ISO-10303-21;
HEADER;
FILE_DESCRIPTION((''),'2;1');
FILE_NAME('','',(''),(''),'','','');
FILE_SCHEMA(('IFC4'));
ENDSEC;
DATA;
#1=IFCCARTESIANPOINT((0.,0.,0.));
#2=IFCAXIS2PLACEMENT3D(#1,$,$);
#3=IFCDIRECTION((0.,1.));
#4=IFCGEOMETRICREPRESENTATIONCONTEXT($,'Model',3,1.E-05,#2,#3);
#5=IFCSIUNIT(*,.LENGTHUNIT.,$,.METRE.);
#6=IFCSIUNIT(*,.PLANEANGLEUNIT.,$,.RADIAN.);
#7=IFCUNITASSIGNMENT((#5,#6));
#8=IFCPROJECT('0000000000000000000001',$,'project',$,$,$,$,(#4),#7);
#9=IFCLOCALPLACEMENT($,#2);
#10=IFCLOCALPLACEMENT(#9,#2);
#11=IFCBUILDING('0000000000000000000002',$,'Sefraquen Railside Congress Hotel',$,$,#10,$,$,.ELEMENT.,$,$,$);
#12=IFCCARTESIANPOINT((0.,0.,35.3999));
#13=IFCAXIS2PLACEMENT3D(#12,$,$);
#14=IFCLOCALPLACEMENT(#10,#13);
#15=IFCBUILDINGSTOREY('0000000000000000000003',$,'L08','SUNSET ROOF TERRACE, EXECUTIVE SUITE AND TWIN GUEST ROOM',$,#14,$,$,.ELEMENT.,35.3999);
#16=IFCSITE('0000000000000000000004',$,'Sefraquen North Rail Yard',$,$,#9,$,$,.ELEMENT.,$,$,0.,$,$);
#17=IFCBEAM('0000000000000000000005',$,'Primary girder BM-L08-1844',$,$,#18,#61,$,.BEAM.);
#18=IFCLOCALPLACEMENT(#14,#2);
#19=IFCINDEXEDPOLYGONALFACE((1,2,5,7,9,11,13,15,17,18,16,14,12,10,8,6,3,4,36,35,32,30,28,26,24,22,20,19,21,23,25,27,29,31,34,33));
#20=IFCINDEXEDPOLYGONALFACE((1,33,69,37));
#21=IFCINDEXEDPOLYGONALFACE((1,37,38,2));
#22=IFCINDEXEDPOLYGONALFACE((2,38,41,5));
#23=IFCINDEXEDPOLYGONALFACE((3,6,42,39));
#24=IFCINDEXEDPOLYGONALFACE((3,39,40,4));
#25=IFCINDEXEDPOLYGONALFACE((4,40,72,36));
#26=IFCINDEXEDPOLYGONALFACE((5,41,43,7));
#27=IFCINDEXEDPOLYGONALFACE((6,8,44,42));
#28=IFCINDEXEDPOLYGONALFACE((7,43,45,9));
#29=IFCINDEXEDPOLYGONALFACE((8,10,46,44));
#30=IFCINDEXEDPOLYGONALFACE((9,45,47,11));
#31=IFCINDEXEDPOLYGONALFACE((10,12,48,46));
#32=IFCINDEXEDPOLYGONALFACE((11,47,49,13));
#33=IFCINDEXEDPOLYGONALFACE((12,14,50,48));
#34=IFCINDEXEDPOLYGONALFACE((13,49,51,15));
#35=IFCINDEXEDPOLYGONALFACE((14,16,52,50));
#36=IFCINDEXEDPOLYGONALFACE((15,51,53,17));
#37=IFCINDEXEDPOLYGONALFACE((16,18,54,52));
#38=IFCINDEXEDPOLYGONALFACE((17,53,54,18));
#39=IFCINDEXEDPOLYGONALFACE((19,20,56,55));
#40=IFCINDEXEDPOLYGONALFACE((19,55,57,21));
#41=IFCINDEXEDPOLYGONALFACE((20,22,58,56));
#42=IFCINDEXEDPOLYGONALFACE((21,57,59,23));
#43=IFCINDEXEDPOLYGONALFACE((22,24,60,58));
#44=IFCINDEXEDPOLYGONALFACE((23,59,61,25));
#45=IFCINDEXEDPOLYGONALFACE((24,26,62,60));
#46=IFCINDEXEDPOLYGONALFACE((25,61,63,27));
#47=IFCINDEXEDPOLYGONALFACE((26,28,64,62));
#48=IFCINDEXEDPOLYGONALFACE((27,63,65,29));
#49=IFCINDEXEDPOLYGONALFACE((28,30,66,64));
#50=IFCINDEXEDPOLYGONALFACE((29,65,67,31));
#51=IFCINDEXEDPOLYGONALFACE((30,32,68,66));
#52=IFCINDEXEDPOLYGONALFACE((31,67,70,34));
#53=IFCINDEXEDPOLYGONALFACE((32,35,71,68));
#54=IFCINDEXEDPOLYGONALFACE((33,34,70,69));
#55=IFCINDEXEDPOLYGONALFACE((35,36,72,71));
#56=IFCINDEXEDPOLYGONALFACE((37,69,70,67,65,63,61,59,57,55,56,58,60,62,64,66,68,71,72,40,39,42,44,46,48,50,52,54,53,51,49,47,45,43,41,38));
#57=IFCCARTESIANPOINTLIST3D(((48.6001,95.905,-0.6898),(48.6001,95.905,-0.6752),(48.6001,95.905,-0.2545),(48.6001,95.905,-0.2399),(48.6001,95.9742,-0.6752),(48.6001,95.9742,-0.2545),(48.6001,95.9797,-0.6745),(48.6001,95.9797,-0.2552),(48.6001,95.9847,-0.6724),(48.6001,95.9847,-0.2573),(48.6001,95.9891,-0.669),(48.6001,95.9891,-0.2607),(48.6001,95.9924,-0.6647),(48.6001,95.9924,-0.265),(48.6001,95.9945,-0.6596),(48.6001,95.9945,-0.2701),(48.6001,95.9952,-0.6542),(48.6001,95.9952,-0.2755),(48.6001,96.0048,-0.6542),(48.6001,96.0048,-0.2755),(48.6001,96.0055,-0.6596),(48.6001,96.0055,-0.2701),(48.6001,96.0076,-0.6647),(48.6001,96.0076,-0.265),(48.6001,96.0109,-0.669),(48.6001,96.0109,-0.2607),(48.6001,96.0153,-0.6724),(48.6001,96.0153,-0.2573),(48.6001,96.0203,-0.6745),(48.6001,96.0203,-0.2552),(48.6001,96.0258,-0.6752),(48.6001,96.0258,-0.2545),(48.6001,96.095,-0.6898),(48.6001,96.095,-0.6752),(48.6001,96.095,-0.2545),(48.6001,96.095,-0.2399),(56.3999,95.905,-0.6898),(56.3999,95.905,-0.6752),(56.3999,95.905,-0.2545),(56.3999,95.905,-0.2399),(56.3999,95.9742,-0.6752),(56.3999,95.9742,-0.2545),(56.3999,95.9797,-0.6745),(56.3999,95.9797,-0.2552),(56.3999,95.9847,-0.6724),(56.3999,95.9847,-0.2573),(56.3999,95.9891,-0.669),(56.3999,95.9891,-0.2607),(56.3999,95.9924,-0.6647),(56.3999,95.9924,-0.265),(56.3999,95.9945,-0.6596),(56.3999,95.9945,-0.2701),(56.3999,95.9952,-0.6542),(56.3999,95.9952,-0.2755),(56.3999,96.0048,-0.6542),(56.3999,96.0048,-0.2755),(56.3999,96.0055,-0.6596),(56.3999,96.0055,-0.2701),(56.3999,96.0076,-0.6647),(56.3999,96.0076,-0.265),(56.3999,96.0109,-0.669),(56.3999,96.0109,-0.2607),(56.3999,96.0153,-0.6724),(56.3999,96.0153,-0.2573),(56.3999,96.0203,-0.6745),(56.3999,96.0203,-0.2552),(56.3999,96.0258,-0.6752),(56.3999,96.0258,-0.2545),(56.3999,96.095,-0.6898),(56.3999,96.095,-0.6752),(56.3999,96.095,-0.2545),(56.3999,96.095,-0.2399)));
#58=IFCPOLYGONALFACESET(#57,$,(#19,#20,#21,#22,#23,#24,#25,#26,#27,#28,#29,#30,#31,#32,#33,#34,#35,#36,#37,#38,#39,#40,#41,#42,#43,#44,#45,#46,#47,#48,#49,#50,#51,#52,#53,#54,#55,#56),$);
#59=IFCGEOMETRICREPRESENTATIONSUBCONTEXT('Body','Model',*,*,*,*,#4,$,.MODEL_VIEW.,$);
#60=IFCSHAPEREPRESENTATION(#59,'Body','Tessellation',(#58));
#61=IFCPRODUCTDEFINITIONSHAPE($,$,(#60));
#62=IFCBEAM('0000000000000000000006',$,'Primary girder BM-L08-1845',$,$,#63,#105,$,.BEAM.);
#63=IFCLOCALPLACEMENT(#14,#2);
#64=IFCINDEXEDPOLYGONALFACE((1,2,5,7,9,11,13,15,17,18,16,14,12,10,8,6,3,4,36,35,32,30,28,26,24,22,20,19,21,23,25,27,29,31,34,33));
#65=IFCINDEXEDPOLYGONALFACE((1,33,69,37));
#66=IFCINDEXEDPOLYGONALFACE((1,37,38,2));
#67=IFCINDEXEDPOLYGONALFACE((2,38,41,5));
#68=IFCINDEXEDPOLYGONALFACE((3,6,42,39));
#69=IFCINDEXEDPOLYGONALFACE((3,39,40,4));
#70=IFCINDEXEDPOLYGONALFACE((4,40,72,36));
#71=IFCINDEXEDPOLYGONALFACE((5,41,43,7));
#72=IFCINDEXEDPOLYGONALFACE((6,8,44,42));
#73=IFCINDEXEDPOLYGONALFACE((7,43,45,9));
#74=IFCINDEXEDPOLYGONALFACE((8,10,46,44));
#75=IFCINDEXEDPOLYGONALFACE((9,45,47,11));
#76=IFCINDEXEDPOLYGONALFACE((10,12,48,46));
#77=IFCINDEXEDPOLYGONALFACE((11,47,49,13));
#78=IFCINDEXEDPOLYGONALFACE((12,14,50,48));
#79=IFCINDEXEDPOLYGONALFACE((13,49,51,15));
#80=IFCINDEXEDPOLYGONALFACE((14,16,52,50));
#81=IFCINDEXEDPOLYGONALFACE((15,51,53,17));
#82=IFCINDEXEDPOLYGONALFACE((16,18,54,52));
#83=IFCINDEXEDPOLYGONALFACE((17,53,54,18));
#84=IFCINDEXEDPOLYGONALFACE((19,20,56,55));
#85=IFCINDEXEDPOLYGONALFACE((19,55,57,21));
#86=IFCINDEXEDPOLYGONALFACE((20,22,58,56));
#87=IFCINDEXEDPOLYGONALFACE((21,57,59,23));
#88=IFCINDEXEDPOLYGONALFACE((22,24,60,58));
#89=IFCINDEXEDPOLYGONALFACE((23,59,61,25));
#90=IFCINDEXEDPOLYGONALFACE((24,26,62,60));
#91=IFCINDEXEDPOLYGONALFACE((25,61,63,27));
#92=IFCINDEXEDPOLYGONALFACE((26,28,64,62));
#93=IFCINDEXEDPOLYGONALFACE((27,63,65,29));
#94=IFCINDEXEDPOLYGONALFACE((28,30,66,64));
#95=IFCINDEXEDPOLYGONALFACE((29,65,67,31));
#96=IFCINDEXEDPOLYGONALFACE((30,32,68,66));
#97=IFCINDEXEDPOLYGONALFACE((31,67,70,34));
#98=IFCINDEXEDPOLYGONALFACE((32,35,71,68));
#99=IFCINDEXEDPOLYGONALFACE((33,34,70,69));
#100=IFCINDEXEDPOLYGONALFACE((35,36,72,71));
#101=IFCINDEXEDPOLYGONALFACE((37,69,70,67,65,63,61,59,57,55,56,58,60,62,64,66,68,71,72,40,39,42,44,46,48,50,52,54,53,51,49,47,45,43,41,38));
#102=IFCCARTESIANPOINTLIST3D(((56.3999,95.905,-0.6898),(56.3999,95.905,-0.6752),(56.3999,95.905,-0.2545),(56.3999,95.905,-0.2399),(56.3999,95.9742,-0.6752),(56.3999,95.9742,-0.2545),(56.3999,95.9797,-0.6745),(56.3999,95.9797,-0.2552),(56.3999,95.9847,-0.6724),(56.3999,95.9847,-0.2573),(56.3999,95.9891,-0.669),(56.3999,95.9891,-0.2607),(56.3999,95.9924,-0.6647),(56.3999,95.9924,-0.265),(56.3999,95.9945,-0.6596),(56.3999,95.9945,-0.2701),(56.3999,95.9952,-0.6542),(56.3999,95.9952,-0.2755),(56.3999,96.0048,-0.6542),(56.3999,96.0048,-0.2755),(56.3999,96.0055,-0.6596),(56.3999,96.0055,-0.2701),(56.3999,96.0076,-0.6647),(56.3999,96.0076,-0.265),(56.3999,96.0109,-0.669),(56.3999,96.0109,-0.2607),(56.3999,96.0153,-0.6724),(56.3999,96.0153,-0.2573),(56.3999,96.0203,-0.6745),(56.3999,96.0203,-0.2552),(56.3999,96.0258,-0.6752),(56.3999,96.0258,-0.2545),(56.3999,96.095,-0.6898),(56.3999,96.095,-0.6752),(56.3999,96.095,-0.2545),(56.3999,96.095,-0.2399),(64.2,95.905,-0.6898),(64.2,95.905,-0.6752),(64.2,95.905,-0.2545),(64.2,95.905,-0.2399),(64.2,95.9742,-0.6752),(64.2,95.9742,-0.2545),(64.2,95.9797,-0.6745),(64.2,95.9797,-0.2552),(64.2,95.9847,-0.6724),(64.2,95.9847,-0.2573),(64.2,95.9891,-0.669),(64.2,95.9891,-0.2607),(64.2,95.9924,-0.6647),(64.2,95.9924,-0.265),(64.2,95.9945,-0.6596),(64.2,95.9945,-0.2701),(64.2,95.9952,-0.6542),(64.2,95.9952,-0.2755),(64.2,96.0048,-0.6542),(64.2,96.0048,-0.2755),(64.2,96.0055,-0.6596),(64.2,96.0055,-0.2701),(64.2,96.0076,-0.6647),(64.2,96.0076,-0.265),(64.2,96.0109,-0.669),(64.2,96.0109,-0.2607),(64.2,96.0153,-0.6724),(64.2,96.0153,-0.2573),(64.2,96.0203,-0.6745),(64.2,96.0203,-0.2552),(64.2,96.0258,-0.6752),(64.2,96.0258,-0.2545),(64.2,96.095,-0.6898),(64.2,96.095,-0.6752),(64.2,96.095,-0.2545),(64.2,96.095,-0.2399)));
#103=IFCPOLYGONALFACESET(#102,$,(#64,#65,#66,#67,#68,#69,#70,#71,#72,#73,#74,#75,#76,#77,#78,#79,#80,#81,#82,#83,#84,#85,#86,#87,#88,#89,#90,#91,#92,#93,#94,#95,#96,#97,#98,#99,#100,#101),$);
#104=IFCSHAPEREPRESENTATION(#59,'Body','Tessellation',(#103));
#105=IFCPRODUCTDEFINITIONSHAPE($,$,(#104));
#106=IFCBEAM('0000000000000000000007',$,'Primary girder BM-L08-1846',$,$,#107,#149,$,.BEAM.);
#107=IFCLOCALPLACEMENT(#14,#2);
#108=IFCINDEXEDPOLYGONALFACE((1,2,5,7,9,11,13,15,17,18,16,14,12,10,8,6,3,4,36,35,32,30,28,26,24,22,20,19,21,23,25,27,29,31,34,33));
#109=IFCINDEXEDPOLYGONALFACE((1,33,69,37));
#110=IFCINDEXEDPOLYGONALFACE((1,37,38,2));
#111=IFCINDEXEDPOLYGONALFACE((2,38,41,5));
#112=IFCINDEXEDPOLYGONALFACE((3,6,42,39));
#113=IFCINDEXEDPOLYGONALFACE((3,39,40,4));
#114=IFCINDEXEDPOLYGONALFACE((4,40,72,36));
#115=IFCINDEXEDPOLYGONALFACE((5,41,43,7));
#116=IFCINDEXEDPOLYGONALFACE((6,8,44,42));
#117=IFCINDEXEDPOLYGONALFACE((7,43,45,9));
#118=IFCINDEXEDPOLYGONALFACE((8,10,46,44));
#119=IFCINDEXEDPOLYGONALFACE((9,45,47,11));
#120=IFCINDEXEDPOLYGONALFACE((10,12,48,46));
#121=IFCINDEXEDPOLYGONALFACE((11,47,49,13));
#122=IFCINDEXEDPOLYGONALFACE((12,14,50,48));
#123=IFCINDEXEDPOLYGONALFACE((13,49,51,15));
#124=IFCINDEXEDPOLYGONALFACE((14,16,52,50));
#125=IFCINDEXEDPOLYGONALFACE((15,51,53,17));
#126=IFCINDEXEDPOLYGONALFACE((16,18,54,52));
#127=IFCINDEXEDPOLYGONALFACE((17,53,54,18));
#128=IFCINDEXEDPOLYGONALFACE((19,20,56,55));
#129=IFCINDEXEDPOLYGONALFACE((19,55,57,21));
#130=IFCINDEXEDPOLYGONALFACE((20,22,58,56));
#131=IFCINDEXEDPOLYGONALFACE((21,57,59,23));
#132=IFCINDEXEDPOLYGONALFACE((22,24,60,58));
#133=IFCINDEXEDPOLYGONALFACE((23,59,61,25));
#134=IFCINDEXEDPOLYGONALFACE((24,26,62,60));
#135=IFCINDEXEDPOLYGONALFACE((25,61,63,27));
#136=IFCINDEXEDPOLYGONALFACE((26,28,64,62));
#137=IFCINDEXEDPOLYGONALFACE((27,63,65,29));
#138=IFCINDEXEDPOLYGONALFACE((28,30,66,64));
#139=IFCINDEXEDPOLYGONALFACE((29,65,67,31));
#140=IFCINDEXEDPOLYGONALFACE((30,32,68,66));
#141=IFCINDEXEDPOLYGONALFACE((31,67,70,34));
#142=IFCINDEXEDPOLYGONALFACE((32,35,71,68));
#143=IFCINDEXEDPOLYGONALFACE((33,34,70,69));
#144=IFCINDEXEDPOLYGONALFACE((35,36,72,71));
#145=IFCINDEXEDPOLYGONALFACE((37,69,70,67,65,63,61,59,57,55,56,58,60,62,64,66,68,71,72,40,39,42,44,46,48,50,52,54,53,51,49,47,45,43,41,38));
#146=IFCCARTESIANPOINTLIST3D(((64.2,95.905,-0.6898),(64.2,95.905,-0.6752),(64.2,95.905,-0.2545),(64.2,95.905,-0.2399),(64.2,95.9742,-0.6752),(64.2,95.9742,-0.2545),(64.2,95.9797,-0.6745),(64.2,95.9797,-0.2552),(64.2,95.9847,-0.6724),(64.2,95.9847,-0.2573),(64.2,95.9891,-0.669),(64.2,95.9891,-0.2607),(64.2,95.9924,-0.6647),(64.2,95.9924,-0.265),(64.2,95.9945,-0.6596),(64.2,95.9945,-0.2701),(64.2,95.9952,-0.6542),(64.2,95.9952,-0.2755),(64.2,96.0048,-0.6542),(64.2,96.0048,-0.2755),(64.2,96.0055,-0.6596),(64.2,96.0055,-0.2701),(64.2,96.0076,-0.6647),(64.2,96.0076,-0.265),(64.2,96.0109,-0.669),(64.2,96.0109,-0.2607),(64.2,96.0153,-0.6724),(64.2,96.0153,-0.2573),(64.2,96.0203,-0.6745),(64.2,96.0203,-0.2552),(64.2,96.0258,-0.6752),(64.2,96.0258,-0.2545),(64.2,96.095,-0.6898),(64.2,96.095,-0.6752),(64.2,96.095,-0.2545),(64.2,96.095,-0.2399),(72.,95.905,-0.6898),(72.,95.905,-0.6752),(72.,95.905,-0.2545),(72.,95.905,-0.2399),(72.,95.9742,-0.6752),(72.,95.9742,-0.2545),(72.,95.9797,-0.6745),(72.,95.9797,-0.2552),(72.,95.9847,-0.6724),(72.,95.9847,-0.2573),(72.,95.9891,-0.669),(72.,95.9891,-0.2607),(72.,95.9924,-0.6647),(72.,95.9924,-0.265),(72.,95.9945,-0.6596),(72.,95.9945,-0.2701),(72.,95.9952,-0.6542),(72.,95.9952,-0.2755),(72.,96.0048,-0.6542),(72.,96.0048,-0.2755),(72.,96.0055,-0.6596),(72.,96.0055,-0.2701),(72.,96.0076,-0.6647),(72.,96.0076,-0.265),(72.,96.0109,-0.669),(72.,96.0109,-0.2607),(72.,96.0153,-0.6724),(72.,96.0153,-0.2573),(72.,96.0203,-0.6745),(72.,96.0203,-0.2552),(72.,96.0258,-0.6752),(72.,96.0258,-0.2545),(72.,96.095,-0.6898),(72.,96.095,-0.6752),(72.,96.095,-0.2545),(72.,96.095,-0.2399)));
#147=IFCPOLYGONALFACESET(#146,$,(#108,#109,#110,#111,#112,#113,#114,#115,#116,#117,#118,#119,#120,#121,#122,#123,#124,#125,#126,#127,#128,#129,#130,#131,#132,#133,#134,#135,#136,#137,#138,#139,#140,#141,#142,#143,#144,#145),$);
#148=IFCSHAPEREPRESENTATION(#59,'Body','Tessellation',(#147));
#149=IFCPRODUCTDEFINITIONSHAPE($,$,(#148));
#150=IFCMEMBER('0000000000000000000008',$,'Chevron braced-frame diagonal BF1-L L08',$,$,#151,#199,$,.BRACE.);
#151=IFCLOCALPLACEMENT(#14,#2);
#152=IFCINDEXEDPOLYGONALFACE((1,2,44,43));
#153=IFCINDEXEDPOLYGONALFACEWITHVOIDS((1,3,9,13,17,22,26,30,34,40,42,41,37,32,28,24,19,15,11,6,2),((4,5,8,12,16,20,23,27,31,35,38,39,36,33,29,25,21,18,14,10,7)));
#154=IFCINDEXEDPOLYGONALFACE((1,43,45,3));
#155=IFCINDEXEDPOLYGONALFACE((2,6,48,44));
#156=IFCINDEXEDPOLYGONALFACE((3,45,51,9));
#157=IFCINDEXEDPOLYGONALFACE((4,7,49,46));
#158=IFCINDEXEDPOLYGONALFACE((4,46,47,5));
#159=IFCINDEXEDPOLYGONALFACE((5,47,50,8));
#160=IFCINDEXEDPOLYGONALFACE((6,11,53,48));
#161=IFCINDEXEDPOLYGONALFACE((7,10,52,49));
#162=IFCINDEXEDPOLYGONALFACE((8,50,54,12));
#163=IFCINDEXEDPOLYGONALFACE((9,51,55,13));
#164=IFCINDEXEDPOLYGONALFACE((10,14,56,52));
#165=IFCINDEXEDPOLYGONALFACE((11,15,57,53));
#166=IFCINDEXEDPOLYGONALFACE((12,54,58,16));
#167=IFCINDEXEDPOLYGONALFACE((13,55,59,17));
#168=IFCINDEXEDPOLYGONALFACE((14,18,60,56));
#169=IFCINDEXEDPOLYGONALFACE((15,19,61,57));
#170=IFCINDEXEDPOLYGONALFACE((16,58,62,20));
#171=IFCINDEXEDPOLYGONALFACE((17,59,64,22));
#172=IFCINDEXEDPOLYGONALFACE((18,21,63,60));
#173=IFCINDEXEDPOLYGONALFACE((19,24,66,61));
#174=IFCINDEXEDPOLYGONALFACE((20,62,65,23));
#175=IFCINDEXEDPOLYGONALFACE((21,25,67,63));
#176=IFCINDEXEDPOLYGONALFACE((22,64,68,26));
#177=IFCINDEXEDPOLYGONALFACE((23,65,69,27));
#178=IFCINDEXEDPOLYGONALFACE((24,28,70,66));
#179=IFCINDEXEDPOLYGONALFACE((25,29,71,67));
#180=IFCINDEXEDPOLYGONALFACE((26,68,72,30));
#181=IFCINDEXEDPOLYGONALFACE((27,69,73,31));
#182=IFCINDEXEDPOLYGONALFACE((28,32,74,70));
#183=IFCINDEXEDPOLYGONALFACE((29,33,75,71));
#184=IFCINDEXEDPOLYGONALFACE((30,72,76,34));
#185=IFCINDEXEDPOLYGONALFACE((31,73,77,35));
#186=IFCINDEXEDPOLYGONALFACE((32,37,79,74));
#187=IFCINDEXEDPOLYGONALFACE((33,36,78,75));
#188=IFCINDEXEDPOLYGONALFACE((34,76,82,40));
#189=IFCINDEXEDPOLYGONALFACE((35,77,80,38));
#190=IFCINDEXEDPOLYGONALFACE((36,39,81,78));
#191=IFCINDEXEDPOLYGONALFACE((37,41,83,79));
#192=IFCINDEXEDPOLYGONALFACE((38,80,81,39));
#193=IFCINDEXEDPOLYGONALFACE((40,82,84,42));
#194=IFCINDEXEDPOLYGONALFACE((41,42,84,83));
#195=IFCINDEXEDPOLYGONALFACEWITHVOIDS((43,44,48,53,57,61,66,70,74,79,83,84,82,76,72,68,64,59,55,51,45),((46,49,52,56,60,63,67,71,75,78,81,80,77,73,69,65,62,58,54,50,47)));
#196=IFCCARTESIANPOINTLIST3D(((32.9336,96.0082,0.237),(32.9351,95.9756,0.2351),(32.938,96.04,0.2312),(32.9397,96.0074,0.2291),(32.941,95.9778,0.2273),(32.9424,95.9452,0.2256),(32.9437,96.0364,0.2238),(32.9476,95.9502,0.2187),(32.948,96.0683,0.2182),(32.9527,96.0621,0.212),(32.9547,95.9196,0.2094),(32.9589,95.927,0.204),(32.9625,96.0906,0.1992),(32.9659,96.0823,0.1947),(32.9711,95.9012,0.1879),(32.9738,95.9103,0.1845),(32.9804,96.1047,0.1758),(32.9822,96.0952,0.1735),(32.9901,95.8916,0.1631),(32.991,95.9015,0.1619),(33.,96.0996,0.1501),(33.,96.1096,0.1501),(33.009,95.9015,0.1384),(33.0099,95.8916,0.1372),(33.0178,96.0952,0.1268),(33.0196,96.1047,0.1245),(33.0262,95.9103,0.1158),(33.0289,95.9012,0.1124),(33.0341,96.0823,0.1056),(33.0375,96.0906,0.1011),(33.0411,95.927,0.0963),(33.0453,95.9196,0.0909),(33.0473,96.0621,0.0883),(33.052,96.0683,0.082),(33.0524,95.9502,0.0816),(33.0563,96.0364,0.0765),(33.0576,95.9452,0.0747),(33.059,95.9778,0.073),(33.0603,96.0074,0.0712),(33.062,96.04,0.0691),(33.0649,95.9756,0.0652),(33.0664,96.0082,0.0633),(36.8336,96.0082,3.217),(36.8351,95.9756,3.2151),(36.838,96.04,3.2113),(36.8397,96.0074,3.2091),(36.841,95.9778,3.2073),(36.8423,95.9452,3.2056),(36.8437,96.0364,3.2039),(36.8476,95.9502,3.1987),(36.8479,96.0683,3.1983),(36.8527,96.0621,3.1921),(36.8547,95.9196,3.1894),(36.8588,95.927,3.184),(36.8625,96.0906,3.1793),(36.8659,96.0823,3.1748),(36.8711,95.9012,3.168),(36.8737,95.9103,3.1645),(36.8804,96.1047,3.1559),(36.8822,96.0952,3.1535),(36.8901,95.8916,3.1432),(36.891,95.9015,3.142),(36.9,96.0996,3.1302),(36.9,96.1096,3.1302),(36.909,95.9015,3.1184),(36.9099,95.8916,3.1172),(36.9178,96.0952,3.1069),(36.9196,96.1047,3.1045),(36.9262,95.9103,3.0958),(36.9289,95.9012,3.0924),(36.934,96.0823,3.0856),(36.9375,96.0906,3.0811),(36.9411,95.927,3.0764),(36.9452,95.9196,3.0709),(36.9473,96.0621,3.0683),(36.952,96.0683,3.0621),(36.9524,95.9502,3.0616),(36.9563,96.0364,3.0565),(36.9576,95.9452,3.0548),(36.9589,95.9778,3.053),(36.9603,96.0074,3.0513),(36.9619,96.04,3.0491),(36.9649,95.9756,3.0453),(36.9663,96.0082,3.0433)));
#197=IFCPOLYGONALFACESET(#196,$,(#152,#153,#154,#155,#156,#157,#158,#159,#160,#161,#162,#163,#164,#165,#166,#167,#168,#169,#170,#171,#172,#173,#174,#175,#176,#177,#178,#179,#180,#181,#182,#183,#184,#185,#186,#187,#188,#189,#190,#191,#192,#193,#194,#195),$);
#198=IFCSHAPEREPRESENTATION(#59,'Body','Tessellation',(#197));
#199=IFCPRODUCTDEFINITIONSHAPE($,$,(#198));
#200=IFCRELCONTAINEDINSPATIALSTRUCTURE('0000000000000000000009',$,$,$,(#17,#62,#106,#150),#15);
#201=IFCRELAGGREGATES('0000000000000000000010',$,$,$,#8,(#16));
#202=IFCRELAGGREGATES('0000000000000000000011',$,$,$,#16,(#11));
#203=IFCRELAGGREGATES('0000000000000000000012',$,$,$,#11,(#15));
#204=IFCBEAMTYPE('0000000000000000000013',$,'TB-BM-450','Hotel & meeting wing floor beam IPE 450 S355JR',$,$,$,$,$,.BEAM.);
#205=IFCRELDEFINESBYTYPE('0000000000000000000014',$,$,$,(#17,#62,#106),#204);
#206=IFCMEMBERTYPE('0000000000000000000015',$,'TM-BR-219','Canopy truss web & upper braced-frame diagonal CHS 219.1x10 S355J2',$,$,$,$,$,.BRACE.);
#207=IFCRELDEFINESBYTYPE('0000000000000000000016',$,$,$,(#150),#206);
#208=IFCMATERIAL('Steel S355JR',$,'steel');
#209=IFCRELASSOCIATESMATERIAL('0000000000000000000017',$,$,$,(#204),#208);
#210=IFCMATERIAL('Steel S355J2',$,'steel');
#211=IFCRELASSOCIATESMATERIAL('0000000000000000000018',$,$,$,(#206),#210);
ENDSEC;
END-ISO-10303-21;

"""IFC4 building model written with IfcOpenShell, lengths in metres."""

from ifc_helpers import new_model, si_unit, direction, frame, origin, origin_2d, place, context, subcontext, project, spatial, hollow_circle, i_section, extrude, material, material_profile, profile_set, type_object, element, save


model = new_model("IFC4")

# Units and contexts
model_context = context("Model", 3, precision=1e-05, world=origin(), true_north=direction((0.0, 1.0)))
body_context = subcontext(model_context, "Body", "Model", "MODEL_VIEW")
ifc_project = project(units=[si_unit("LENGTHUNIT", "METRE"), si_unit("PLANEANGLEUNIT", "RADIAN")], contexts=[model_context])

# Site, building, storey
site_placement = place(None, origin())
site = spatial("IfcSite", under=ifc_project, at=site_placement, Name="Sefraquen North Rail Yard", CompositionType="ELEMENT", RefElevation=0.0)
building_placement = place(site_placement, origin())
building = spatial("IfcBuilding", under=site, at=building_placement, Name="Sefraquen Railside Congress Hotel", CompositionType="ELEMENT")
storey_placement = place(building_placement, frame((0.0, 0.0, 35.3999)))
storey = spatial("IfcBuildingStorey", under=building, at=storey_placement, Name="L08", Description="SUNSET ROOF TERRACE, EXECUTIVE SUITE AND TWIN GUEST ROOM", CompositionType="ELEMENT", Elevation=35.3999)

# Shared definitions
ifc_material_1 = material(Name="Steel S355JR", Category="steel")

# Beams
ifc_material_profile_1 = material_profile(ifc_material_1, i_section(OverallWidth=0.1899, OverallDepth=0.45, WebThickness=0.0095, FlangeThickness=0.0146, FilletRadius=0.021, at=origin_2d()), Name="IPE 450")
ifc_profile_set_1 = profile_set([ifc_material_profile_1], Name="Steel S355JR")
beam_type_1 = type_object("IfcBeamType", Name="TB-BM-450", Description="Hotel & meeting wing floor beam IPE 450 S355JR", PredefinedType="BEAM", material=ifc_profile_set_1)
beam_1_placement = place(storey_placement, frame((48.6001, 96.0, -0.4648), z_axis=(1.0, 0.0, 0.0), x_axis=(0.0, 1.0, 0.0)))
element("IfcBeam", 1, at=beam_1_placement, inside=storey, type_object=beam_type_1, Name="Primary girder BM-L08-1844", PredefinedType="BEAM", context=body_context, shape_type="SweptSolid", body=[
    extrude(i_section(OverallWidth=0.1899, OverallDepth=0.45, WebThickness=0.0095, FlangeThickness=0.0146, FilletRadius=0.021, at=origin_2d()), origin(), (0.0, 0.0, 1.0), 7.7998),
])
for number, where, z_axis, x_axis, name in (
    (2, (56.3999, 96.0, -0.4648), (1.0, 0.0, 0.0), (0.0, 1.0, 0.0), "Primary girder BM-L08-1845"),
    (3, (64.2, 96.0, -0.4648), (1.0, 0.0, 0.0), (0.0, 1.0, 0.0), "Primary girder BM-L08-1846"),
):
    element("IfcBeam", number, at=place(storey_placement, frame(where, z_axis=z_axis, x_axis=x_axis)), inside=storey, type_object=beam_type_1, Name=name, PredefinedType="BEAM", context=body_context, shape_type="SweptSolid", body=[
        extrude(i_section(OverallWidth=0.1899, OverallDepth=0.45, WebThickness=0.0095, FlangeThickness=0.0146, FilletRadius=0.021, at=origin_2d()), origin(), (0.0, 0.0, 1.0), 7.8),
    ])

# Member
ifc_material_2 = material(Name="Steel S355J2", Category="steel")
ifc_material_profile_2 = material_profile(ifc_material_2, hollow_circle(Radius=0.1096, WallThickness=0.01, at=origin_2d()), Name="CHS 219.1x10")
ifc_profile_set_2 = profile_set([ifc_material_profile_2], Name="Steel S355J2")
member_type_1 = type_object("IfcMemberType", Name="TM-BR-219", Description="Canopy truss web & upper braced-frame diagonal CHS 219.1x10 S355J2", PredefinedType="BRACE", material=ifc_profile_set_2)
for number, where, z_axis, x_axis, name in (
    (4, (33.0, 96.0, 0.1501), (0.794584, 0.0, 0.607155), (0.0, 1.0, 0.0), "Chevron braced-frame diagonal BF1-L L08"),
):
    element("IfcMember", number, at=place(storey_placement, frame(where, z_axis=z_axis, x_axis=x_axis)), inside=storey, type_object=member_type_1, Name=name, PredefinedType="BRACE", context=body_context, shape_type="SweptSolid", body=[
        extrude(hollow_circle(Radius=0.1096, WallThickness=0.01, at=origin_2d()), origin(), (0.0, 0.0, 1.0), 4.9082),
    ])

save(model, "model.ifc")
